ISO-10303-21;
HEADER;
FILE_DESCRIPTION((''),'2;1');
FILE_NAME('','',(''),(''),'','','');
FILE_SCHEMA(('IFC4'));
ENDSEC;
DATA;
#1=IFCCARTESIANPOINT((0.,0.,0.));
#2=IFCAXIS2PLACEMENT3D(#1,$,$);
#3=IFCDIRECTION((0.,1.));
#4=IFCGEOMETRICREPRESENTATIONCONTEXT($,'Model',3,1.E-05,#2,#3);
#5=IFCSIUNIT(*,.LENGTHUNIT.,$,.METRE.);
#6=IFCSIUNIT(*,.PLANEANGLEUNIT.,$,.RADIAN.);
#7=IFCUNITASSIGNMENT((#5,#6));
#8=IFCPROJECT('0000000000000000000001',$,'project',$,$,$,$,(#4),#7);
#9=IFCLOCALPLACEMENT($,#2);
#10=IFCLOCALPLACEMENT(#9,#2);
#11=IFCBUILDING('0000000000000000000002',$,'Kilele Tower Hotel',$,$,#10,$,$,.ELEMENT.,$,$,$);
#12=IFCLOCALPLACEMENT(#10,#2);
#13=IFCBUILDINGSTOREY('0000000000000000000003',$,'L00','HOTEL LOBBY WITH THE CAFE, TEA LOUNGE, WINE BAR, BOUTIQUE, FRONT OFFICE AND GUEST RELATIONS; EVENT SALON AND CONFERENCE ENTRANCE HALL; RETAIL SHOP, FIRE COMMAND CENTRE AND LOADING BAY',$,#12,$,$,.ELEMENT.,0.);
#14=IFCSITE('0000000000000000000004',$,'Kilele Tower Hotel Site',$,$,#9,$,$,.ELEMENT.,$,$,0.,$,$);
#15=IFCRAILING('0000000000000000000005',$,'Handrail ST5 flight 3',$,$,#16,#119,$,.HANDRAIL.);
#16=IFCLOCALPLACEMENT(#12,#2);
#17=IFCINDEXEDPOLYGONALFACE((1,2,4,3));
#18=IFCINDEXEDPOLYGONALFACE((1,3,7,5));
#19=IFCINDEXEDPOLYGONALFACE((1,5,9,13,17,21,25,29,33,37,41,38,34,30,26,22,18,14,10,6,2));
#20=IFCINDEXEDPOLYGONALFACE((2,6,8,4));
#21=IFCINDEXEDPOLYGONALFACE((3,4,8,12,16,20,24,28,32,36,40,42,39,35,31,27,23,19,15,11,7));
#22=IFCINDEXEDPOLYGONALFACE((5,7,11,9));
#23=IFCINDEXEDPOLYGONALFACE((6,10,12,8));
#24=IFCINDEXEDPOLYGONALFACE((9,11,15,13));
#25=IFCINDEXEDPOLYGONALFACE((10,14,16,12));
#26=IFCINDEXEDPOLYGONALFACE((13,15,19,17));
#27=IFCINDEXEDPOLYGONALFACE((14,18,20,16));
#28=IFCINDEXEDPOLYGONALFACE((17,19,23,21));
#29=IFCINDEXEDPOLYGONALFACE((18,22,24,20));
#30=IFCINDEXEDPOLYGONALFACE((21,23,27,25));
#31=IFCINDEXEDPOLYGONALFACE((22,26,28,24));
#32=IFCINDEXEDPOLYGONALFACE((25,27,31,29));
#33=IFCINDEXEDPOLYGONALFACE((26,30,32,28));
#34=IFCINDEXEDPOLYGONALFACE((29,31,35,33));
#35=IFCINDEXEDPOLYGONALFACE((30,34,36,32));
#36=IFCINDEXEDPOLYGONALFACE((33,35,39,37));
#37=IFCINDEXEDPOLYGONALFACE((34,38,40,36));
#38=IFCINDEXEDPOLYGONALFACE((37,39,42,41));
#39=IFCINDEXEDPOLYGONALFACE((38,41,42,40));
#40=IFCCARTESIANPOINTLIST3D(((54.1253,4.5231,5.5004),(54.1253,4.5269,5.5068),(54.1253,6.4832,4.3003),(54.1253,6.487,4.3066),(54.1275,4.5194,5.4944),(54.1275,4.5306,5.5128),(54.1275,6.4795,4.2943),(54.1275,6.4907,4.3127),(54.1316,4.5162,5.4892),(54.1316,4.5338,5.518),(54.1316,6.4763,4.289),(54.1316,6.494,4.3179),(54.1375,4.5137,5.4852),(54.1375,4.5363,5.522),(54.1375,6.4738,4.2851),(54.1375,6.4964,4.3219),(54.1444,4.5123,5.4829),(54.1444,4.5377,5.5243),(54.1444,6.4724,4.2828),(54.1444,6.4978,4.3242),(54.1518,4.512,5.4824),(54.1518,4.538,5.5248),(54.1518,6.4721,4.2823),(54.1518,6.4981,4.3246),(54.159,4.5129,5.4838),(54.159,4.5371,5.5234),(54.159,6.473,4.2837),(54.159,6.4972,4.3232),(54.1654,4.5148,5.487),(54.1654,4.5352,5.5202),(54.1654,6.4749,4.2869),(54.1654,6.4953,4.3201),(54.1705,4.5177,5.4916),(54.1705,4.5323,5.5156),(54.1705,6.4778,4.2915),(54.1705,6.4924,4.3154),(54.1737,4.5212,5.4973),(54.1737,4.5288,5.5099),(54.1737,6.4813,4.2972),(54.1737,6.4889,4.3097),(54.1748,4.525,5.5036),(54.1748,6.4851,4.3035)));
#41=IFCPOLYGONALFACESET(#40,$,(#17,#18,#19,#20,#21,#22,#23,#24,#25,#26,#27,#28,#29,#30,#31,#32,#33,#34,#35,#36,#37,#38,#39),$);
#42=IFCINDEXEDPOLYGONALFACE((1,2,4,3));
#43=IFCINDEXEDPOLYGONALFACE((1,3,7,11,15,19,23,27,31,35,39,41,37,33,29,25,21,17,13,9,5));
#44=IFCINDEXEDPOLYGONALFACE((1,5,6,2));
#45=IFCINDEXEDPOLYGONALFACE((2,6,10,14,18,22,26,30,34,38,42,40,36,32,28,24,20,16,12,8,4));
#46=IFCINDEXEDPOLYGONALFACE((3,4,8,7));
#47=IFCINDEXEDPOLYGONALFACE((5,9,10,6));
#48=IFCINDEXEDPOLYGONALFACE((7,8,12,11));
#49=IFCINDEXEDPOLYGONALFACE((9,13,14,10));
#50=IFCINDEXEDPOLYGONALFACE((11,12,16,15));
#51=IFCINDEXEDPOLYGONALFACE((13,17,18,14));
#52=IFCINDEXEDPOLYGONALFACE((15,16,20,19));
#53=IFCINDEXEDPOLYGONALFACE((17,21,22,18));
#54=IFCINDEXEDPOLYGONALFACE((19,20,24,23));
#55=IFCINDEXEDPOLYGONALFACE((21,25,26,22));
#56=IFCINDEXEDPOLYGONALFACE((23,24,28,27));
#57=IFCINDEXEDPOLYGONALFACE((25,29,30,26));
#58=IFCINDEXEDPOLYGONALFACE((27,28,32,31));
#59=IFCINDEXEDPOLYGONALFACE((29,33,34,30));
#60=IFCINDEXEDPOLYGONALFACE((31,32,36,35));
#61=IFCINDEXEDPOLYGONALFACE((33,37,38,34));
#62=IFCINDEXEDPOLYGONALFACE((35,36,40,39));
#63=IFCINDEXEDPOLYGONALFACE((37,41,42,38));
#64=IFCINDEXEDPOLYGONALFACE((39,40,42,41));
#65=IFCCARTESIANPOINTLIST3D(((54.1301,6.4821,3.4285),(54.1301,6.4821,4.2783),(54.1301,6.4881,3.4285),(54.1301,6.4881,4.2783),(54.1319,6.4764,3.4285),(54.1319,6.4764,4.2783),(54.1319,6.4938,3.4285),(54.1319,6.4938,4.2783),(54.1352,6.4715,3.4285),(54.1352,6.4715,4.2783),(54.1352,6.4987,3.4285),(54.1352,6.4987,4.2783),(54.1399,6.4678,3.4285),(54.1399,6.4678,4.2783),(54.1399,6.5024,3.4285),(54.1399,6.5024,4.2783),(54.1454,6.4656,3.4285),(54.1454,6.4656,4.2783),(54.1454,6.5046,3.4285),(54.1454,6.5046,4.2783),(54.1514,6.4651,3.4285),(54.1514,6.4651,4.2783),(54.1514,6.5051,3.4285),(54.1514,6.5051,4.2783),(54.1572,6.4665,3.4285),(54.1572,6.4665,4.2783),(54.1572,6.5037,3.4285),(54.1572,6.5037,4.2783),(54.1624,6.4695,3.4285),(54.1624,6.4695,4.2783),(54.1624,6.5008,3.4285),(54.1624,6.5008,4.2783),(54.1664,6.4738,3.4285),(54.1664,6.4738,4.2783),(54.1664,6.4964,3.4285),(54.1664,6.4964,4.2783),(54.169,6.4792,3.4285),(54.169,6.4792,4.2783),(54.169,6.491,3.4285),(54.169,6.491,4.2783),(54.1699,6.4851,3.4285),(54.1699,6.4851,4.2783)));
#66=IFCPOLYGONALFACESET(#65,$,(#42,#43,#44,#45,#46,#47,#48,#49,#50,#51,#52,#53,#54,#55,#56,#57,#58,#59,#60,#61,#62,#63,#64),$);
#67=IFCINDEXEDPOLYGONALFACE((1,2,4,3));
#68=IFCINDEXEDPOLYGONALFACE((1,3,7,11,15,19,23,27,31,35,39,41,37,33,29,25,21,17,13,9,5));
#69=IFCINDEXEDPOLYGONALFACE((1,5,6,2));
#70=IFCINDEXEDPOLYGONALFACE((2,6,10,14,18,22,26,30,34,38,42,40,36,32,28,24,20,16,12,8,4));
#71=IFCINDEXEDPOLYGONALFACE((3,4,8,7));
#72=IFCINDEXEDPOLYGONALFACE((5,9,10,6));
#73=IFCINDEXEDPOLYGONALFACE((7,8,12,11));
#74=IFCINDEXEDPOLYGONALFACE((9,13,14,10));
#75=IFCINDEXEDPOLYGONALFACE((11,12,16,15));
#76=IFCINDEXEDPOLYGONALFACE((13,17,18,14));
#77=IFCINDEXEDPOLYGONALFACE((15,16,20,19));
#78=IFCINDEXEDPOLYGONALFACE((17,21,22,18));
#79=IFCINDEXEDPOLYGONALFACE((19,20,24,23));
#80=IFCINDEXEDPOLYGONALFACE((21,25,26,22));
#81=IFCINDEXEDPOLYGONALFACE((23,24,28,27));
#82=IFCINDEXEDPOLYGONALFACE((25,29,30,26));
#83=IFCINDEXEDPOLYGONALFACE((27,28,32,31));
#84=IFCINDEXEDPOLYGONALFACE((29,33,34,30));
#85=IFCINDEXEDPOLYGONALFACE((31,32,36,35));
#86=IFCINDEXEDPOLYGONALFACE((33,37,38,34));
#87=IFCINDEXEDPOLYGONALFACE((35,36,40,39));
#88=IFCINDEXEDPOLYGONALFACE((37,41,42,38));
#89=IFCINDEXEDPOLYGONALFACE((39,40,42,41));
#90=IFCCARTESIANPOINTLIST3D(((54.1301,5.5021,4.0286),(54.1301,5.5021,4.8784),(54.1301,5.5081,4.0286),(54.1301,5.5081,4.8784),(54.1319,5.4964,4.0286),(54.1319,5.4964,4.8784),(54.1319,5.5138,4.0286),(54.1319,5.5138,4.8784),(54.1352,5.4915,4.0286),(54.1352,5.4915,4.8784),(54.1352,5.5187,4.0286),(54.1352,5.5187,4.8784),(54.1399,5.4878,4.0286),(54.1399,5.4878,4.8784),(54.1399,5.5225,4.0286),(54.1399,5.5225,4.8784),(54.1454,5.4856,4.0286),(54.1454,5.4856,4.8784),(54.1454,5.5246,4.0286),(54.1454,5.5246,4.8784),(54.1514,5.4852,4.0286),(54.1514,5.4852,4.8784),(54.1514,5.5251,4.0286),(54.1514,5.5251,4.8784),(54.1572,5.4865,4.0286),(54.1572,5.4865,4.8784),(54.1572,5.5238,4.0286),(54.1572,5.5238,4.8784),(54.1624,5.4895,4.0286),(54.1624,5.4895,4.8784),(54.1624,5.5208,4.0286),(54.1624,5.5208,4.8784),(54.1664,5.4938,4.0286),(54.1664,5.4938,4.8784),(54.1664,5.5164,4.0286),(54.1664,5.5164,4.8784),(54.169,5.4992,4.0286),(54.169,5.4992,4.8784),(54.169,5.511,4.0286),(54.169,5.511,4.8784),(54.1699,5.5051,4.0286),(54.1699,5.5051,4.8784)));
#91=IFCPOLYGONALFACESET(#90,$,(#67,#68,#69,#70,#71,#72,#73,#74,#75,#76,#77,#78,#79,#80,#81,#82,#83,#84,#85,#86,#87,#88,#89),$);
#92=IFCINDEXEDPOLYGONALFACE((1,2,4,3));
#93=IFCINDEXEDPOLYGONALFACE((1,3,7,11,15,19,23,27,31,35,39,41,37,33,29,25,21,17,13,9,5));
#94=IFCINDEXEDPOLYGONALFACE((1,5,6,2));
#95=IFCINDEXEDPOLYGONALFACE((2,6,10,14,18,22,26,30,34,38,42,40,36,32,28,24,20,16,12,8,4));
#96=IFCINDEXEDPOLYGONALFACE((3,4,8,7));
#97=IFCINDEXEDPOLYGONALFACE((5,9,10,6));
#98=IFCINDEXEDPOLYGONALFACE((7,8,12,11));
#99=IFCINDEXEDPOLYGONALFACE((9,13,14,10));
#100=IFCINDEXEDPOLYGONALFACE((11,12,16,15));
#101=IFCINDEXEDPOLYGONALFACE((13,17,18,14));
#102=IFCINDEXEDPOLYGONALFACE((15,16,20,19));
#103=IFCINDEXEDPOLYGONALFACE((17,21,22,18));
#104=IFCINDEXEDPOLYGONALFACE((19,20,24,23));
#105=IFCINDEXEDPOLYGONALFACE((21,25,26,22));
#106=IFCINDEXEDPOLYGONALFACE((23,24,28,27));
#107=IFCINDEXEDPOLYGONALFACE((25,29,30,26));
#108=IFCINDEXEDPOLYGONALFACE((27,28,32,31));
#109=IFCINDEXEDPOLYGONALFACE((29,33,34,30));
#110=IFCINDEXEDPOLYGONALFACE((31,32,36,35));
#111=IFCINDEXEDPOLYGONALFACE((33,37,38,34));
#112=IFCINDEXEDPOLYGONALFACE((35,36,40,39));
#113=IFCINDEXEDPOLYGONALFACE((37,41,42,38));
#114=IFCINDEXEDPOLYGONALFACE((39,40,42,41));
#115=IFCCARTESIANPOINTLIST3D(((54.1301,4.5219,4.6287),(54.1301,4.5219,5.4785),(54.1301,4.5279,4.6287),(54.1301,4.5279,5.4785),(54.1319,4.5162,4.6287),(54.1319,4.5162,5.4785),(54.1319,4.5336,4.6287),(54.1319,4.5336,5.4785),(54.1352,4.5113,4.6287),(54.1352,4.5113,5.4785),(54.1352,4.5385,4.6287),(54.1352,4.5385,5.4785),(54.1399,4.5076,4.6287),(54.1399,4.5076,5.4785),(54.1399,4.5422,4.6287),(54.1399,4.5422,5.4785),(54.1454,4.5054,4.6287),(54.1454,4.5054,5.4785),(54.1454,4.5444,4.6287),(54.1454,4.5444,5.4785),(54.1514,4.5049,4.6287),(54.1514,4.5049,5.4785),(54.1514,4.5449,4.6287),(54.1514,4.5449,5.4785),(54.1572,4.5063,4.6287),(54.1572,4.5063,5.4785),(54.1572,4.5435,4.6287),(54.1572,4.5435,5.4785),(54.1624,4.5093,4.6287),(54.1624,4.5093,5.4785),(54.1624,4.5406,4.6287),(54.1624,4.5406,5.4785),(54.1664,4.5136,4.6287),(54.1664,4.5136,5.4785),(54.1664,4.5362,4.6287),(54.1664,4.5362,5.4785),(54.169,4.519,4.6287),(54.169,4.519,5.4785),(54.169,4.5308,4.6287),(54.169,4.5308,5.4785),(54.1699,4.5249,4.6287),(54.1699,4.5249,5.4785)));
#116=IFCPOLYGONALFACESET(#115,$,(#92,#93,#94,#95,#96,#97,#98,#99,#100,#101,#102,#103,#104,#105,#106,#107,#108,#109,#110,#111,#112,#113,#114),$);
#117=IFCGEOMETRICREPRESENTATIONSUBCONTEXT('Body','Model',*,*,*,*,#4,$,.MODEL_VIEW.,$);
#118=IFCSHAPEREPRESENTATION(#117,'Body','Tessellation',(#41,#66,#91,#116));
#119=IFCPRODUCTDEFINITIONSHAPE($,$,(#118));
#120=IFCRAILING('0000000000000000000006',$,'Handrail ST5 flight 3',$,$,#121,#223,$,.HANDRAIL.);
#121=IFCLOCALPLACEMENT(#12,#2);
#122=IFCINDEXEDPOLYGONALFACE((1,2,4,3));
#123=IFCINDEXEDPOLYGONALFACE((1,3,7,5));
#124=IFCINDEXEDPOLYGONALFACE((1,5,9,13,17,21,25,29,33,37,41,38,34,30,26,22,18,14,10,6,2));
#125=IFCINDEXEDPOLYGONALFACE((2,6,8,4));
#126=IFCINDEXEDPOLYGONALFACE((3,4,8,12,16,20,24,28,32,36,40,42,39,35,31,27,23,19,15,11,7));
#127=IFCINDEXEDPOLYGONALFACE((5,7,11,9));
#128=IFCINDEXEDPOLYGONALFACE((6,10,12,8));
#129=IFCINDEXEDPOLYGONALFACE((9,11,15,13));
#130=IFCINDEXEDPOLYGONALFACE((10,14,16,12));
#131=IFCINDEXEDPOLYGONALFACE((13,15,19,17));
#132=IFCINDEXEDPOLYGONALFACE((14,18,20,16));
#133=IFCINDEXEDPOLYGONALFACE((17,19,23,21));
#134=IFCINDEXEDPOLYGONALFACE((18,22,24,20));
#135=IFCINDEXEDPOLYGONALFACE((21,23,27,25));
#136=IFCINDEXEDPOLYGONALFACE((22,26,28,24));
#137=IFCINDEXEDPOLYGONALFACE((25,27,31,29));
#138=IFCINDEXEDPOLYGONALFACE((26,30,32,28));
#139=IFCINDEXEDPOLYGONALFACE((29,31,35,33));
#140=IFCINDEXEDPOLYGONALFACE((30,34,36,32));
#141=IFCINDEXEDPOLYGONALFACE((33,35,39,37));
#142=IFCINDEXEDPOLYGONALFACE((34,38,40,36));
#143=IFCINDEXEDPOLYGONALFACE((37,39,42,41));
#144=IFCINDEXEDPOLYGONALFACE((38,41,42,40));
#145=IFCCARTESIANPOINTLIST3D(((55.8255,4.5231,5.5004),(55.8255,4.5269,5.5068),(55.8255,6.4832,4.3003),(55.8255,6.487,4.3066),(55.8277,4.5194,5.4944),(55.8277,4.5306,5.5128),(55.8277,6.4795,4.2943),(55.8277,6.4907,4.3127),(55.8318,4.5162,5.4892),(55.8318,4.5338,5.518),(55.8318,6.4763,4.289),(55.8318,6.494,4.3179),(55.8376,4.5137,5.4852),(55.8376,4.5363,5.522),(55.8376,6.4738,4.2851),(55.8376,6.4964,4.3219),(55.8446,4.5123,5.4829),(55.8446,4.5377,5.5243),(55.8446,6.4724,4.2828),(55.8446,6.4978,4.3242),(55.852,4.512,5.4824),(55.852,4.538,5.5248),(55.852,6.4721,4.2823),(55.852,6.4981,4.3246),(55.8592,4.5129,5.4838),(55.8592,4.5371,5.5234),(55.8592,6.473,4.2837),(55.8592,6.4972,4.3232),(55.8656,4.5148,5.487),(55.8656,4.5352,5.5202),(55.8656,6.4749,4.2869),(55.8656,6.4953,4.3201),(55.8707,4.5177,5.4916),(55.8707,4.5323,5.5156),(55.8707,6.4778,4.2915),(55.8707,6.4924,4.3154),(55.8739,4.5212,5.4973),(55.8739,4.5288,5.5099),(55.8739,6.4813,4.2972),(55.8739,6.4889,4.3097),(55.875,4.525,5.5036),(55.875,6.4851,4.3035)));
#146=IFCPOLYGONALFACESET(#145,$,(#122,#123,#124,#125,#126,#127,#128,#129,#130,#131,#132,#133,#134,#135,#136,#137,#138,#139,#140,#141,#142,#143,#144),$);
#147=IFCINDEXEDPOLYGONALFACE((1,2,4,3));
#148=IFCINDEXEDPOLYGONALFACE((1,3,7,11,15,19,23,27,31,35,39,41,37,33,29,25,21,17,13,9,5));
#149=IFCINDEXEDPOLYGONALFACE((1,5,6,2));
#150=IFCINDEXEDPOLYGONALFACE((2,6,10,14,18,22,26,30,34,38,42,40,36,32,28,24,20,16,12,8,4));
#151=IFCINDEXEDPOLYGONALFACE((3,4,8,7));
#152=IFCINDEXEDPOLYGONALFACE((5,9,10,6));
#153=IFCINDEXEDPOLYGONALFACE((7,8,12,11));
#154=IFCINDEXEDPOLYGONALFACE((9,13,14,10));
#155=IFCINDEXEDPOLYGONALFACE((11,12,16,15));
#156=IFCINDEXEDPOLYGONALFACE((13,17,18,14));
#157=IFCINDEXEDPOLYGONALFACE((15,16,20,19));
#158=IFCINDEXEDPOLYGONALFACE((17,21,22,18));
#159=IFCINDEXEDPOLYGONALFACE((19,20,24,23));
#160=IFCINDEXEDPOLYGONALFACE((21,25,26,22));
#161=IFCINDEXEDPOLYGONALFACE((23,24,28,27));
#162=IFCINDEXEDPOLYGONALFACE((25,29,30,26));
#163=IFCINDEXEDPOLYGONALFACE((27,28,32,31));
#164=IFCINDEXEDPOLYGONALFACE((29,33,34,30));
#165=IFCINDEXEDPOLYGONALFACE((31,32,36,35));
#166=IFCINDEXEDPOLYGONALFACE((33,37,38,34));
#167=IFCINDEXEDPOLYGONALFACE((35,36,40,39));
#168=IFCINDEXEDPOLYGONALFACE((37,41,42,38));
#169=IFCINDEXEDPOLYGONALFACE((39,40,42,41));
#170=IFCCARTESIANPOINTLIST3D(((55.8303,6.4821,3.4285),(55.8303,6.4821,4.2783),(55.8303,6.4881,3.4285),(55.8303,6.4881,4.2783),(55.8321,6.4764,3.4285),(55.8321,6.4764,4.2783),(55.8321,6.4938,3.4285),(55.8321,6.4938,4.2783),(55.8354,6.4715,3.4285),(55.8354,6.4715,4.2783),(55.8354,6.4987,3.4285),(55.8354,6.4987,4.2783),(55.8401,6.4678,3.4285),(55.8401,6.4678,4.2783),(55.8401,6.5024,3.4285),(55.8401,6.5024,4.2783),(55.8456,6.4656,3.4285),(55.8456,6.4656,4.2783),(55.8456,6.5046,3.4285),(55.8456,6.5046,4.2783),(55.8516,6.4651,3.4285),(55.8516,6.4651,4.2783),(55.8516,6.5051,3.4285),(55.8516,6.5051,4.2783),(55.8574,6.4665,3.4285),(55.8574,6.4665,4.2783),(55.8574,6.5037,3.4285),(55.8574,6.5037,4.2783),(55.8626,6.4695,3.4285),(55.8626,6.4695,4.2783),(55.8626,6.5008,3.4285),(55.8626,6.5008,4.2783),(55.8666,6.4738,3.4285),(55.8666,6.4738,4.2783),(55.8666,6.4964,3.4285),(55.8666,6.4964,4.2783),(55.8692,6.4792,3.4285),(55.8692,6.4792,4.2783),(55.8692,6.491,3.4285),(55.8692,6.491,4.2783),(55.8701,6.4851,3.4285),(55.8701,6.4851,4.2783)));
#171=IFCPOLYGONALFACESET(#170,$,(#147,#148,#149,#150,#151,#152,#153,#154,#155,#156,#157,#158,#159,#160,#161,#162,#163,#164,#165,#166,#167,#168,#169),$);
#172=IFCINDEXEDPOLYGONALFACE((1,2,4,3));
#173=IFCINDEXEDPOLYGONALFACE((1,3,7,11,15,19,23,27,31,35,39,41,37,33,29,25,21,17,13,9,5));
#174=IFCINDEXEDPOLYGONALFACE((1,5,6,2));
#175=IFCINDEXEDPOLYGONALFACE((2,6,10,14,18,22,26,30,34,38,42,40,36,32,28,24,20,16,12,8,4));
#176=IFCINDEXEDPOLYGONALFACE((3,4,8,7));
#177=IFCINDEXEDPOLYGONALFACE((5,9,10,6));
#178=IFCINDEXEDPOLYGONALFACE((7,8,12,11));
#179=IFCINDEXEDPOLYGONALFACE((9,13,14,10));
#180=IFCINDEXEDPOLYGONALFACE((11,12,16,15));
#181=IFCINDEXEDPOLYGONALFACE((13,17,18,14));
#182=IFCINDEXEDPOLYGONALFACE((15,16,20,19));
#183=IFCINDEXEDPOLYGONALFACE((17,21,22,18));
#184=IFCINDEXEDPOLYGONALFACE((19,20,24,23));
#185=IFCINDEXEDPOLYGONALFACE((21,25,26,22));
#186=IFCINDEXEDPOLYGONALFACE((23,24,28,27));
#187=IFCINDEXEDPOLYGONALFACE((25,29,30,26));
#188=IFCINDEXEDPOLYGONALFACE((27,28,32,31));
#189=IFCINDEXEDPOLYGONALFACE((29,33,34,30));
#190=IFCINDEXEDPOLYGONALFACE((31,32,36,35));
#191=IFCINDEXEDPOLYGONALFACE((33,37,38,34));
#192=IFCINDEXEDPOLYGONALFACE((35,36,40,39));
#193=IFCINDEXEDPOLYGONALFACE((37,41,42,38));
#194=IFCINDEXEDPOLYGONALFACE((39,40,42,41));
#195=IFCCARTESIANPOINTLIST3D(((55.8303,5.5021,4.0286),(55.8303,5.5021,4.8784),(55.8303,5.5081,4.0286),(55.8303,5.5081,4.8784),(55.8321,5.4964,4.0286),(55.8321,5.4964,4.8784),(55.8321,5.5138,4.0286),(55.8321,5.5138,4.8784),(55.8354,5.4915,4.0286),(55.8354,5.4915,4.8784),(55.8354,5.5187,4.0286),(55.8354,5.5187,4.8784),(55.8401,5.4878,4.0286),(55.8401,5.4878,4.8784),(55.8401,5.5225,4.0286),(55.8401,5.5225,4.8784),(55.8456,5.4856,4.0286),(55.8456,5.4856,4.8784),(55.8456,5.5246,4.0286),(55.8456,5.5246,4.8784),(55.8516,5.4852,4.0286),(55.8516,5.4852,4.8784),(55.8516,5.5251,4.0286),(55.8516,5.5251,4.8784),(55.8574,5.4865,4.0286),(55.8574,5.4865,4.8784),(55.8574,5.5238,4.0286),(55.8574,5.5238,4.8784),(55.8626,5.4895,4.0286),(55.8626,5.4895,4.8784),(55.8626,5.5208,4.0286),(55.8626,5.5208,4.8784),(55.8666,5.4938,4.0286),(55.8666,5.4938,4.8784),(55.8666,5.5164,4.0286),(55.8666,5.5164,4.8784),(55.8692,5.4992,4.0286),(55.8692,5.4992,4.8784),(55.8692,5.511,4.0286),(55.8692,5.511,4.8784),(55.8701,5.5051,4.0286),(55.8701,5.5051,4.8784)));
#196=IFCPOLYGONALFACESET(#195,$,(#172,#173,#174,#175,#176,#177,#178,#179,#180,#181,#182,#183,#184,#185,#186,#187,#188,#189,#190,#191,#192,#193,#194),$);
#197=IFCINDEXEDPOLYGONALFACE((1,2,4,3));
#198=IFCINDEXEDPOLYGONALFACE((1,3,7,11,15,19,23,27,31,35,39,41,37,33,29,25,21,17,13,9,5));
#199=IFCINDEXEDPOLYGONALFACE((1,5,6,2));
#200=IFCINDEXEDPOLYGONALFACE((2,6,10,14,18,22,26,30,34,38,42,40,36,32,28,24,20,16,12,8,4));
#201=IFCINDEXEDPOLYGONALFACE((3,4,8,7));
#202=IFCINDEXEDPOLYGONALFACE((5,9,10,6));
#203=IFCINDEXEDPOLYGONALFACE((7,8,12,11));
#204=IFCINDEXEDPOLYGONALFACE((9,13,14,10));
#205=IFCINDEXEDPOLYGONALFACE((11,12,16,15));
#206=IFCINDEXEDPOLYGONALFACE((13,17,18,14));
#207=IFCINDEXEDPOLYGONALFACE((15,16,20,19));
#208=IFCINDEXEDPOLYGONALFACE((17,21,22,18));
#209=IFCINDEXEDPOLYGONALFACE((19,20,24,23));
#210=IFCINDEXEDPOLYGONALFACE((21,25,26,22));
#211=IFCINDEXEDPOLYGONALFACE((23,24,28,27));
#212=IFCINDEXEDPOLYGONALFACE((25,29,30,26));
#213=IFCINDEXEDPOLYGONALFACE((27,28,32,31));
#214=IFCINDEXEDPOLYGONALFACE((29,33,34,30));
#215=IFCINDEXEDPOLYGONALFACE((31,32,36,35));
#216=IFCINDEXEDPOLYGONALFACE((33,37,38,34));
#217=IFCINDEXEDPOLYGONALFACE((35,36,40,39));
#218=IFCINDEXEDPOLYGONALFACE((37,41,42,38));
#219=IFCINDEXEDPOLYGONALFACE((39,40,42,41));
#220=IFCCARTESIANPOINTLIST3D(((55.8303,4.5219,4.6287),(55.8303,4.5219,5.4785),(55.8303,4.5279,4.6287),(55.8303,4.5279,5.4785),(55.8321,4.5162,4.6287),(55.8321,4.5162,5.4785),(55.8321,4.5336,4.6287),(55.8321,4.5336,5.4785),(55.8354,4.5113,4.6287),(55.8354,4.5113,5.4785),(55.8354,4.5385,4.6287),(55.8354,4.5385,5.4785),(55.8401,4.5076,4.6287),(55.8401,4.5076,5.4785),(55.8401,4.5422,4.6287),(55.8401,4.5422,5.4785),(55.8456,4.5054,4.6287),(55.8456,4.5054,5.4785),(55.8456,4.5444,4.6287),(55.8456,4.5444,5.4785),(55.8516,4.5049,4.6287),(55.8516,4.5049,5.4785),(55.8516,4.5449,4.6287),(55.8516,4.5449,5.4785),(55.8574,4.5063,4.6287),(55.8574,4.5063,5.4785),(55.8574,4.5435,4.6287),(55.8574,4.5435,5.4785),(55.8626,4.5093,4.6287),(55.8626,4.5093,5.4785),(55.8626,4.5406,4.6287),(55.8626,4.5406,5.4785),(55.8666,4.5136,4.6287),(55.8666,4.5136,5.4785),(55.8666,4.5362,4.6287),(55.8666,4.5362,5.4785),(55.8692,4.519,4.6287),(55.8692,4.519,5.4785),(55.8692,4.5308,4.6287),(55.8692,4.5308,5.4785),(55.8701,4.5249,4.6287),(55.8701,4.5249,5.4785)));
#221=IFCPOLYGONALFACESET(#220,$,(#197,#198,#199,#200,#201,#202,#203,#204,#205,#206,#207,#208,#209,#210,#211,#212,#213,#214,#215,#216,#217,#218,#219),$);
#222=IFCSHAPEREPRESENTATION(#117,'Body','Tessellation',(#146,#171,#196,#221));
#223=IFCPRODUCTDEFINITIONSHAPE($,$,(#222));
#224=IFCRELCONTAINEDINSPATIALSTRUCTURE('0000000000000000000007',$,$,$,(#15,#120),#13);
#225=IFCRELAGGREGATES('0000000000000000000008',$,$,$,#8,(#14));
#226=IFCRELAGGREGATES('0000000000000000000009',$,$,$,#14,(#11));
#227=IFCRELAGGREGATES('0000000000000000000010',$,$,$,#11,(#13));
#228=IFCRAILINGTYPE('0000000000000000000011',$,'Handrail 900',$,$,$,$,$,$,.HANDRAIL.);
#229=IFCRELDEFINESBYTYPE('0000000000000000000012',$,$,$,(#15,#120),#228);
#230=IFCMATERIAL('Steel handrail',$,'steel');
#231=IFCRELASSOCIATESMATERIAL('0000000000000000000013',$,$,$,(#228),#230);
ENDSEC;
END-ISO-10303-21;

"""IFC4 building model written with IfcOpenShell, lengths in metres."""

from ifc_helpers import new_model, si_unit, direction, frame, origin, origin_2d, place, context, subcontext, project, spatial, circle, extrude, material, type_object, element, save


model = new_model("IFC4")

# Units and contexts
model_context = context("Model", 3, precision=1e-05, world=origin(), true_north=direction((0.0, 1.0)))
body_context = subcontext(model_context, "Body", "Model", "MODEL_VIEW")
ifc_project = project(units=[si_unit("LENGTHUNIT", "METRE"), si_unit("PLANEANGLEUNIT", "RADIAN")], contexts=[model_context])

# Site, building, storey
site_placement = place(None, origin())
site = spatial("IfcSite", under=ifc_project, at=site_placement, Name="Kilele Tower Hotel Site", CompositionType="ELEMENT", RefElevation=0.0)
building_placement = place(site_placement, origin())
building = spatial("IfcBuilding", under=site, at=building_placement, Name="Kilele Tower Hotel", CompositionType="ELEMENT")
storey_placement = place(building_placement, origin())
storey = spatial("IfcBuildingStorey", under=building, at=storey_placement, Name="L00", Description="HOTEL LOBBY WITH THE CAFE, TEA LOUNGE, WINE BAR, BOUTIQUE, FRONT OFFICE AND GUEST RELATIONS; EVENT SALON AND CONFERENCE ENTRANCE HALL; RETAIL SHOP, FIRE COMMAND CENTRE AND LOADING BAY", CompositionType="ELEMENT", Elevation=0.0)

# Railings
ifc_material_1 = material(Name="Steel handrail", Category="steel")
railing_type_1 = type_object("IfcRailingType", Name="Handrail 900", PredefinedType="HANDRAIL", material=ifc_material_1)
for number, where, name in (
    (1, (54.1499, 6.4851, 3.4285), "Handrail ST5 flight 3"),
    (2, (55.8501, 6.4851, 3.4285), "Handrail ST5 flight 3"),
):
    element("IfcRailing", number, at=place(storey_placement, frame(where)), inside=storey, type_object=railing_type_1, Name=name, PredefinedType="HANDRAIL", context=body_context, shape_type="SweptSolid", body=[
        extrude(circle(Radius=0.0249, at=origin_2d()), frame((0.0, 0.0, 0.875), z_axis=(0.0, -0.852838, 0.522176), x_axis=(1.0, 0.0, 0.0)), (0.0, 0.0, 1.0), 2.2983),
        extrude(circle(Radius=0.02, at=origin_2d()), origin(), (0.0, 0.0, 1.0), 0.8499),
        extrude(circle(Radius=0.02, at=origin_2d()), frame((0.0, -0.98, 0.6001)), (0.0, 0.0, 1.0), 0.8499),
        extrude(circle(Radius=0.02, at=origin_2d()), frame((0.0, -1.9602, 1.2002)), (0.0, 0.0, 1.0), 0.8499),
    ])

save(model, "model.ifc")
